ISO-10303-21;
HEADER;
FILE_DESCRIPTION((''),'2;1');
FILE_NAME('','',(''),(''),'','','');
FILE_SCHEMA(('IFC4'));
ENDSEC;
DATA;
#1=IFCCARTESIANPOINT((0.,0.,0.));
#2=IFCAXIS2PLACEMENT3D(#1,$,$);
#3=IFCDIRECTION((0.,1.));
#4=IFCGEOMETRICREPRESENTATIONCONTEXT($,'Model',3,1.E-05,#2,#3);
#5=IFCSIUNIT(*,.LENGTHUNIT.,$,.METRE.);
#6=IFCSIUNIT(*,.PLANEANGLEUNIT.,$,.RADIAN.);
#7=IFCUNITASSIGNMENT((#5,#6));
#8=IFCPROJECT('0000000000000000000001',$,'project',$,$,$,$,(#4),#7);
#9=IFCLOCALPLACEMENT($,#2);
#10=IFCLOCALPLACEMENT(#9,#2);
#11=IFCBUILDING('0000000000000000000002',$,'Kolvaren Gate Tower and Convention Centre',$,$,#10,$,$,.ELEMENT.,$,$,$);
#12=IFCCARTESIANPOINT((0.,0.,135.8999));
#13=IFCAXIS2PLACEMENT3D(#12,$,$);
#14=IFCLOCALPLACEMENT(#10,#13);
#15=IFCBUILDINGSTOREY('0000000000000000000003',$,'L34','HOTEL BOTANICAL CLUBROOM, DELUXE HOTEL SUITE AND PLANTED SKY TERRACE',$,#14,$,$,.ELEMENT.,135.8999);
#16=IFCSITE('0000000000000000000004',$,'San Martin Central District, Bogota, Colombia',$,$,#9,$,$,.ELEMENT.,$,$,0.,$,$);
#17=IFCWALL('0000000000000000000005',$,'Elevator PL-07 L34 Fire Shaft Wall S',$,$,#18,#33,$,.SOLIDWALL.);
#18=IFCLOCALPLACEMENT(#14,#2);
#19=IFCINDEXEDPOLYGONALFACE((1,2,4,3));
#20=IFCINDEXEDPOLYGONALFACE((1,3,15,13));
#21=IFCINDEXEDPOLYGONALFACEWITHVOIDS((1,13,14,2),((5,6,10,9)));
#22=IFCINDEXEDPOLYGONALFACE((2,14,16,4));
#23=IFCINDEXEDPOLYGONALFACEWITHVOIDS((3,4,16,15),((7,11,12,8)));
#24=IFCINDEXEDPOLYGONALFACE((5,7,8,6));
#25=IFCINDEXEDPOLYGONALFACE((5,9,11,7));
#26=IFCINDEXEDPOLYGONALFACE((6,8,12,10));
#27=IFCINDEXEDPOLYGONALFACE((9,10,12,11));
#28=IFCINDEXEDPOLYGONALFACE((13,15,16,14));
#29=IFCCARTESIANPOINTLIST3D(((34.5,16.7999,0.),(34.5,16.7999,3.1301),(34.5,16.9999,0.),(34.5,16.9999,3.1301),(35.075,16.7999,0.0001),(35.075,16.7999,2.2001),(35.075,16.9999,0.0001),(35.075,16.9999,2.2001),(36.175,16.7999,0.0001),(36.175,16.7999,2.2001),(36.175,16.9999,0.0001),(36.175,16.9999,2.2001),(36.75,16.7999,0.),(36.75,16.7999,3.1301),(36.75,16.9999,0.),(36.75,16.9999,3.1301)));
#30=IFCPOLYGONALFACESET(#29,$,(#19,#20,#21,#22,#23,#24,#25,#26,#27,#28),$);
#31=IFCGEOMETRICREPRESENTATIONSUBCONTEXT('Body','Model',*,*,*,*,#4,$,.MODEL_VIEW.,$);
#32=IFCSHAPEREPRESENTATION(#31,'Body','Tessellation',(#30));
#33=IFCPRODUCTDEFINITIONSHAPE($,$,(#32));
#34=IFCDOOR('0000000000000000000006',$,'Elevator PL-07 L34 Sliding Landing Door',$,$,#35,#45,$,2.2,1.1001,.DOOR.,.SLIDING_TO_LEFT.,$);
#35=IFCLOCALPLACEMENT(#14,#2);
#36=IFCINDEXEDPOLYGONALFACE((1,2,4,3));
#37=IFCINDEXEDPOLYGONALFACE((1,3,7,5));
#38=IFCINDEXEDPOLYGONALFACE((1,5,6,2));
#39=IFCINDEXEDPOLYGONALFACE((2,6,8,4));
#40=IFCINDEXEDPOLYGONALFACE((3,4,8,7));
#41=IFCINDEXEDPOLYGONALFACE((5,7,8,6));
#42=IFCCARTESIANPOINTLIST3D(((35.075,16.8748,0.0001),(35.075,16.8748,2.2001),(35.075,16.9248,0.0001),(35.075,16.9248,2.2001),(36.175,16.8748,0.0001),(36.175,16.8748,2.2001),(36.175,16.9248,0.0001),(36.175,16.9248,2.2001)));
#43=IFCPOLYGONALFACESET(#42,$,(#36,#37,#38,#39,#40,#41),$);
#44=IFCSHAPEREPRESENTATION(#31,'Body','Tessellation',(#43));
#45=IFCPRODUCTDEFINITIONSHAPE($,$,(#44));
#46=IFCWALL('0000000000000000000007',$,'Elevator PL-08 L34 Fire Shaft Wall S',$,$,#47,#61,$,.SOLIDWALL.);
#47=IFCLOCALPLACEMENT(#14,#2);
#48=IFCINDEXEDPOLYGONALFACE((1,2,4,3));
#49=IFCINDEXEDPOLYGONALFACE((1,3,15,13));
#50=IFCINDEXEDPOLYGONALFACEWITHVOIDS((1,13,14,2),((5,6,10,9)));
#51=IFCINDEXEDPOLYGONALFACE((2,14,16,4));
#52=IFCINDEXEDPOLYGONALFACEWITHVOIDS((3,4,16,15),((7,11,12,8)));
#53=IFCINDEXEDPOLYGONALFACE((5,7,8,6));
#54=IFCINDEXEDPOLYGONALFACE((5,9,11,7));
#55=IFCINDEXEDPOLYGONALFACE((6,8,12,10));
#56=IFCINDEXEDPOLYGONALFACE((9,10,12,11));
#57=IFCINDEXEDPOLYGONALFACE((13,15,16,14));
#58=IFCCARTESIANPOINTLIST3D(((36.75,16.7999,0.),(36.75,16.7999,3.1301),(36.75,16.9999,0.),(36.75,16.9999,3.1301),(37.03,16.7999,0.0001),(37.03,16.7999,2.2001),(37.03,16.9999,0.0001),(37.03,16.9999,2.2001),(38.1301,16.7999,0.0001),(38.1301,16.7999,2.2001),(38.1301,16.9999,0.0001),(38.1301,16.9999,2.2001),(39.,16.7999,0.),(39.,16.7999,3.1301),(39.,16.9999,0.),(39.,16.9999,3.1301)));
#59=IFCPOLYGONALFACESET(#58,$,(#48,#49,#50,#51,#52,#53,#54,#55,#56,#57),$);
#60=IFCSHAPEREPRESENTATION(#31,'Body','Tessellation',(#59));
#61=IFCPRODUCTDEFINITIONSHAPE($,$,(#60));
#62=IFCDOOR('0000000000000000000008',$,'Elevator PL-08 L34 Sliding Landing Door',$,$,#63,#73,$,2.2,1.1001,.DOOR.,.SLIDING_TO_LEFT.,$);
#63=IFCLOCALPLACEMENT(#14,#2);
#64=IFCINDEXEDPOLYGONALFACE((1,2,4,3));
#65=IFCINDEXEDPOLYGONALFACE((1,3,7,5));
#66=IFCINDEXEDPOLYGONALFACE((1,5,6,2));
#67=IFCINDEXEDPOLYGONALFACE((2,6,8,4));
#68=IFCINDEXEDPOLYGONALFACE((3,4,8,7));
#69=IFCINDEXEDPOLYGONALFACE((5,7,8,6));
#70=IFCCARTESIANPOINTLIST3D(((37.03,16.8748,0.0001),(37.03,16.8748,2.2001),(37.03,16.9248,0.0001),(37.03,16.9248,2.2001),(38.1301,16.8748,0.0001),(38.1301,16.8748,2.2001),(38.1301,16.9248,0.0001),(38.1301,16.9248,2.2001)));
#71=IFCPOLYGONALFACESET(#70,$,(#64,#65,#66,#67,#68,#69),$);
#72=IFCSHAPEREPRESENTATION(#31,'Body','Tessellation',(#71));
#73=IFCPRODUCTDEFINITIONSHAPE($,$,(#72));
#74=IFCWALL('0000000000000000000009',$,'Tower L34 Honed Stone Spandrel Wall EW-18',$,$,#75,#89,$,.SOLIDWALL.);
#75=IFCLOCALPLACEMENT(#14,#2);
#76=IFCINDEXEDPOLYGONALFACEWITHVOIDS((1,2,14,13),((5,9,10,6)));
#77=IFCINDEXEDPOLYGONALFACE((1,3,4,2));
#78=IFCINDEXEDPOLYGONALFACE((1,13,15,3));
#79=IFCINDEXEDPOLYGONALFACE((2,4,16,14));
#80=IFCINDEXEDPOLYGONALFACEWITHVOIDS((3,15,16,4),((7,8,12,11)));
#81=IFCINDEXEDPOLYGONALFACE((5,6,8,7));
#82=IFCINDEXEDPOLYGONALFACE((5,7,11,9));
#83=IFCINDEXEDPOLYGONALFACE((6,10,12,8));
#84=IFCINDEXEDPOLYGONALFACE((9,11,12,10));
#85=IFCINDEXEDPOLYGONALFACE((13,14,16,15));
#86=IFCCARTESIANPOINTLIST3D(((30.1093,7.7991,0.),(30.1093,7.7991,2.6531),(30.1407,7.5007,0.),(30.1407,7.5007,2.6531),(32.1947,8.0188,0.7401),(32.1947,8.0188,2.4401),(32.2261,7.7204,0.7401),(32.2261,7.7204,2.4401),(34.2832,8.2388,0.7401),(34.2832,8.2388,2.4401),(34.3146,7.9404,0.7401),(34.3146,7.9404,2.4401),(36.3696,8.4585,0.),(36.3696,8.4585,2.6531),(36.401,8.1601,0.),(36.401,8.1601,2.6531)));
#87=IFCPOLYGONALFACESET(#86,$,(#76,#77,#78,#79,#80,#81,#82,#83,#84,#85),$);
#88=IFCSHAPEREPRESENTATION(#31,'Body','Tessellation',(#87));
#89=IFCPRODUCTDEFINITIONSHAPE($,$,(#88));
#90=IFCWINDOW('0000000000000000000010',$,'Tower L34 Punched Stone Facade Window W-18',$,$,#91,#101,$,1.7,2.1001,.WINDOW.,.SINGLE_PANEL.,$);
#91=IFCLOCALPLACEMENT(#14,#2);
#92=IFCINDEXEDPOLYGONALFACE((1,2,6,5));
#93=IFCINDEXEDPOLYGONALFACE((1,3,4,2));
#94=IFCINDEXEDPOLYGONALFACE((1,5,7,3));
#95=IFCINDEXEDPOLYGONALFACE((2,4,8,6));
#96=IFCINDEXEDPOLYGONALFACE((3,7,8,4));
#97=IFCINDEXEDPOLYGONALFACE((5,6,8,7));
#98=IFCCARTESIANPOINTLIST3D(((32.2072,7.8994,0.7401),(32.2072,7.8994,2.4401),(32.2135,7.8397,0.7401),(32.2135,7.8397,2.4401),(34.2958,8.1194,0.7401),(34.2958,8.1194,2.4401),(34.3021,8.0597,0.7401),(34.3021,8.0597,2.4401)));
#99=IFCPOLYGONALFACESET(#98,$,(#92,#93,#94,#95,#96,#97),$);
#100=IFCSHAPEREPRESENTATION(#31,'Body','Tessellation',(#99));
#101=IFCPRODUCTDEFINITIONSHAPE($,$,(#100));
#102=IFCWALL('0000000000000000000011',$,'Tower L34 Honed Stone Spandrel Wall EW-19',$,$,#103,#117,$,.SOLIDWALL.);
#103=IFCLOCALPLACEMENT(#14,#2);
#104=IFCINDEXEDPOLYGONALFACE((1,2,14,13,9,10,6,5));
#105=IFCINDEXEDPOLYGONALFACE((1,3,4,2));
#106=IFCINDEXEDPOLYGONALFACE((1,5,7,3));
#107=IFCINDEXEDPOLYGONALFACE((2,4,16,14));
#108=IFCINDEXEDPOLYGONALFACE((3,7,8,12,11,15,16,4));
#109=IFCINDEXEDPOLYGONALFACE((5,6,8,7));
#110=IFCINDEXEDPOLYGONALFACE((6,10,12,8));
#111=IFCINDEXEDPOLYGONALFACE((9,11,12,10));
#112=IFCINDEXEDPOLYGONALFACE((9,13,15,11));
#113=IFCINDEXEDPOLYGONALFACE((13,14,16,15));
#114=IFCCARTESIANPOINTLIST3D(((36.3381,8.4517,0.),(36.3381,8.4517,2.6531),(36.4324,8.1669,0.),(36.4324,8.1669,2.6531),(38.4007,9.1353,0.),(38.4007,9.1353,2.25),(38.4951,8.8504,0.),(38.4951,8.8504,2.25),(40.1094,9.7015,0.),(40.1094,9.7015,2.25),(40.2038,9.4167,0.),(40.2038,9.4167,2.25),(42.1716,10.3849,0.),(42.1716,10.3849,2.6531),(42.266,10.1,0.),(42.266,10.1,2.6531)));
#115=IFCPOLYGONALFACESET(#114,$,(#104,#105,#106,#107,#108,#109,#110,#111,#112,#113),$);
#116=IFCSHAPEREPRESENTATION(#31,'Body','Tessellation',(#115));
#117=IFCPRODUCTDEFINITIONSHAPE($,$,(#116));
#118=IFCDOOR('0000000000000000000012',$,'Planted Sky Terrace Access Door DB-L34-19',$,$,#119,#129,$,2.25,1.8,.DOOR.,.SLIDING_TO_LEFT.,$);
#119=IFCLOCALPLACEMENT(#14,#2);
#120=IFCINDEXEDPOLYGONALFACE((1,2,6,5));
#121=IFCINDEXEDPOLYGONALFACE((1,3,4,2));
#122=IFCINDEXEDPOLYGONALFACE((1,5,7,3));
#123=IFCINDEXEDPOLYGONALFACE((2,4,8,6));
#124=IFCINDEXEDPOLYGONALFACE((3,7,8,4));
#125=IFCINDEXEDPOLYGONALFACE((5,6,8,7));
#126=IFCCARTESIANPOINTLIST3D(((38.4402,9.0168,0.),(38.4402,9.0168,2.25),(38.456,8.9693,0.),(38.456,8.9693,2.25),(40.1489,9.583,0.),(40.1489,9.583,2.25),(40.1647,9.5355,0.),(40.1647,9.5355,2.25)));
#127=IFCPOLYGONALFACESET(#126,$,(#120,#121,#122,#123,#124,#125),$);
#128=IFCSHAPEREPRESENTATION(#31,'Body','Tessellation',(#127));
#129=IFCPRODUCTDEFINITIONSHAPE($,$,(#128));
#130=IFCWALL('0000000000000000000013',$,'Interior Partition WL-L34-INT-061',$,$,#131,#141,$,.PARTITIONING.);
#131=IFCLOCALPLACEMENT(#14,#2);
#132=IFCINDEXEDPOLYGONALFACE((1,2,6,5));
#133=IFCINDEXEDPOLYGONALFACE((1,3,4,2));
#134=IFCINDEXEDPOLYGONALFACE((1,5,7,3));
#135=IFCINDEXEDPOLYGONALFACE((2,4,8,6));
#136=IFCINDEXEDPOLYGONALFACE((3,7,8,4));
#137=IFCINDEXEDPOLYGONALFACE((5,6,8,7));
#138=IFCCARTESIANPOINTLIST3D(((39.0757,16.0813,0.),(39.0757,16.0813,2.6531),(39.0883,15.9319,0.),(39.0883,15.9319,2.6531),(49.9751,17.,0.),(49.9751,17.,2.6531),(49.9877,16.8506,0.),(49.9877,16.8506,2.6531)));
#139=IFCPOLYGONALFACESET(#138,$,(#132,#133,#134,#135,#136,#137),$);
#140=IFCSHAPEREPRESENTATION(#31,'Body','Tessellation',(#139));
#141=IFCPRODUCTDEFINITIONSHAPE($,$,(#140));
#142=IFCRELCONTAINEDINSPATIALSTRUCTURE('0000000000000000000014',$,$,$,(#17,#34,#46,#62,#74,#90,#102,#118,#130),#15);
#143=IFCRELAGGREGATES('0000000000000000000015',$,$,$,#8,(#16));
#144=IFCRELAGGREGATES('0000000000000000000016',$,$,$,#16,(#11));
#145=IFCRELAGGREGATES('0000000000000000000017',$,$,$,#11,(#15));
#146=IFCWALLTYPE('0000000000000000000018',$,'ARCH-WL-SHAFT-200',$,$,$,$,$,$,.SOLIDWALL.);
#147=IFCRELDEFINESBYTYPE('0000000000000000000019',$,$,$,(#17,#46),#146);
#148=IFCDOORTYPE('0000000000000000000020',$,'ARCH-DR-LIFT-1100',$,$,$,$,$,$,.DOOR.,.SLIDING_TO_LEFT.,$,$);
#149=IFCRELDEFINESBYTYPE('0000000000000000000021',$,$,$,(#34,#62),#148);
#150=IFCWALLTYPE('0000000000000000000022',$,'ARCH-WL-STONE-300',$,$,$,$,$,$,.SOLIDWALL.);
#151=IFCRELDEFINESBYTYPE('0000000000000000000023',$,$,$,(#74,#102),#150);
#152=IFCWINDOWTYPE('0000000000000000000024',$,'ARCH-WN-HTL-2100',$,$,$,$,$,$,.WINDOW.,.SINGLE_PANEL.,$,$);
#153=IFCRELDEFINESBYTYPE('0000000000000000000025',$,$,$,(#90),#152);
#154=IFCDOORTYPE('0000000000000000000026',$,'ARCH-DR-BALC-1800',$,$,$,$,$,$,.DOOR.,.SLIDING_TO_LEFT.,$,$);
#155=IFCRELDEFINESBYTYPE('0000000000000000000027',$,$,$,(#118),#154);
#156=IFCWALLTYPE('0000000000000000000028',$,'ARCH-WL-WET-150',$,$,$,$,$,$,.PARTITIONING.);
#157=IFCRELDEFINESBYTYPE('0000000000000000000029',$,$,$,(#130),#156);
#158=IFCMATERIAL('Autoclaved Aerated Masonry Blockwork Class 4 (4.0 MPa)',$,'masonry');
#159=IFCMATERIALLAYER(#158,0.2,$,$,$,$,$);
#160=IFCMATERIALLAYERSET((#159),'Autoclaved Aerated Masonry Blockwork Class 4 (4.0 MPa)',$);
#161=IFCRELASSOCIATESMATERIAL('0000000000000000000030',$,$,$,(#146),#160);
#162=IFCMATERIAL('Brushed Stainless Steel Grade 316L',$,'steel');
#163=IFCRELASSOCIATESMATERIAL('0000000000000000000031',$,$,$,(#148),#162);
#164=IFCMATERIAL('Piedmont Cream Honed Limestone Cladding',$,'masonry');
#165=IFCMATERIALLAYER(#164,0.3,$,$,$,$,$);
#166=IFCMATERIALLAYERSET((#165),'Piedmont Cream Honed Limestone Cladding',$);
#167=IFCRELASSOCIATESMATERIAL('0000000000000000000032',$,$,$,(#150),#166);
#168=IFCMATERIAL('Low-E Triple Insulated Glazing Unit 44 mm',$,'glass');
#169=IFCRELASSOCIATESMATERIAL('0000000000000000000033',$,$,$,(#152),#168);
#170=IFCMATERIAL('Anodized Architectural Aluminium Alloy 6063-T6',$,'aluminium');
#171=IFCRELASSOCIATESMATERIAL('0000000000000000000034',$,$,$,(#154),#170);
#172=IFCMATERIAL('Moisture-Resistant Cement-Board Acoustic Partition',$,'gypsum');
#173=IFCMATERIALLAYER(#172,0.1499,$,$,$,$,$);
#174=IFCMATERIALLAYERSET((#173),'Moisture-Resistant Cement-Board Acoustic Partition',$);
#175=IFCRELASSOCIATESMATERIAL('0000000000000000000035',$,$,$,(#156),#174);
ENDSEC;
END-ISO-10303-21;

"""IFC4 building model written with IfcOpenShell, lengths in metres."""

from ifc_helpers import new_model, si_unit, direction, frame, frame_2d, origin, place, context, subcontext, project, spatial, rectangle, extrude, material, layer, layer_set, type_object, element, fill, save


model = new_model("IFC4")

# Units and contexts
model_context = context("Model", 3, precision=1e-05, world=origin(), true_north=direction((0.0, 1.0)))
body_context = subcontext(model_context, "Body", "Model", "MODEL_VIEW")
ifc_project = project(units=[si_unit("LENGTHUNIT", "METRE"), si_unit("PLANEANGLEUNIT", "RADIAN")], contexts=[model_context])

# Site, building, storey
site_placement = place(None, origin())
site = spatial("IfcSite", under=ifc_project, at=site_placement, Name="San Martin Central District, Bogota, Colombia", CompositionType="ELEMENT", RefElevation=0.0)
building_placement = place(site_placement, origin())
building = spatial("IfcBuilding", under=site, at=building_placement, Name="Kolvaren Gate Tower and Convention Centre", CompositionType="ELEMENT")
storey_placement = place(building_placement, frame((0.0, 0.0, 135.8999)))
storey = spatial("IfcBuildingStorey", under=building, at=storey_placement, Name="L34", Description="HOTEL BOTANICAL CLUBROOM, DELUXE HOTEL SUITE AND PLANTED SKY TERRACE", CompositionType="ELEMENT", Elevation=135.8999)

# Shared definitions
ifc_material_1 = material(Name="Piedmont Cream Honed Limestone Cladding", Category="masonry")
ifc_material_2 = material(Name="Autoclaved Aerated Masonry Blockwork Class 4 (4.0 MPa)", Category="masonry")
ifc_layer_1 = layer(ifc_material_2, 0.2)
ifc_layer_set_1 = layer_set([ifc_layer_1], Name="Autoclaved Aerated Masonry Blockwork Class 4 (4.0 MPa)")
wall_type_1 = type_object("IfcWallType", Name="ARCH-WL-SHAFT-200", PredefinedType="SOLIDWALL", material=ifc_layer_set_1)

# Walls, openings, doors
ifc_material_3 = material(Name="Brushed Stainless Steel Grade 316L", Category="steel")
door_type_1 = type_object("IfcDoorType", Name="ARCH-DR-LIFT-1100", OperationType="SLIDING_TO_LEFT", PredefinedType="DOOR", material=ifc_material_3)
wall_1_placement = place(storey_placement, frame((34.5, 16.8999, 0.0), z_axis=(0.0, 0.0, 1.0), x_axis=(1.0, 0.0, 0.0)))
wall_1 = element("IfcWall", 1, at=wall_1_placement, inside=storey, type_object=wall_type_1, Name="Elevator PL-07 L34 Fire Shaft Wall S", PredefinedType="SOLIDWALL", context=body_context, shape_type="SweptSolid", body=[
    extrude(rectangle(XDim=2.25, YDim=0.2, at=frame_2d((1.125, 0.0))), origin(), (0.0, 0.0, 1.0), 3.1301),
])
opening_1_placement = place(wall_1_placement, frame((0.575, 0.0, 0.0)))
opening_1 = element("IfcOpeningElement", 2, at=opening_1_placement, cuts=wall_1, PredefinedType="OPENING", context=body_context, shape_type="SweptSolid", body=[
    extrude(rectangle(XDim=1.1001, YDim=2.2, at=frame_2d((0.55, 1.1001))), frame((0.0, 0.1099, 0.0), z_axis=(0.0, -1.0, 0.0), x_axis=(1.0, 0.0, 0.0)), (0.0, 0.0, 1.0), 0.22),
])
door_1_placement = place(opening_1_placement, origin())
door_1 = element("IfcDoor", 3, at=door_1_placement, inside=storey, type_object=door_type_1, Name="Elevator PL-07 L34 Sliding Landing Door", OperationType="SLIDING_TO_LEFT", OverallHeight=2.2, OverallWidth=1.1001, PredefinedType="DOOR", context=body_context, shape_type="SweptSolid", body=[
    extrude(rectangle(XDim=1.1001, YDim=2.2, at=frame_2d((0.55, 1.1001))), frame((0.0, 0.0249, 0.0), z_axis=(0.0, -1.0, 0.0), x_axis=(1.0, 0.0, 0.0)), (0.0, 0.0, 1.0), 0.05),
])
fill(opening_1, door_1)
wall_2_placement = place(storey_placement, frame((36.75, 16.8999, 0.0), z_axis=(0.0, 0.0, 1.0), x_axis=(1.0, 0.0, 0.0)))
wall_2 = element("IfcWall", 4, at=wall_2_placement, inside=storey, type_object=wall_type_1, Name="Elevator PL-08 L34 Fire Shaft Wall S", PredefinedType="SOLIDWALL", context=body_context, shape_type="SweptSolid", body=[
    extrude(rectangle(XDim=2.25, YDim=0.2, at=frame_2d((1.125, 0.0))), origin(), (0.0, 0.0, 1.0), 3.1301),
])
opening_2_placement = place(wall_2_placement, frame((0.28, 0.0, 0.0)))
opening_2 = element("IfcOpeningElement", 5, at=opening_2_placement, cuts=wall_2, PredefinedType="OPENING", context=body_context, shape_type="SweptSolid", body=[
    extrude(rectangle(XDim=1.1001, YDim=2.2, at=frame_2d((0.55, 1.1001))), frame((0.0, 0.1099, 0.0), z_axis=(0.0, -1.0, 0.0), x_axis=(1.0, 0.0, 0.0)), (0.0, 0.0, 1.0), 0.22),
])
door_2_placement = place(opening_2_placement, origin())
door_2 = element("IfcDoor", 6, at=door_2_placement, inside=storey, type_object=door_type_1, Name="Elevator PL-08 L34 Sliding Landing Door", OperationType="SLIDING_TO_LEFT", OverallHeight=2.2, OverallWidth=1.1001, PredefinedType="DOOR", context=body_context, shape_type="SweptSolid", body=[
    extrude(rectangle(XDim=1.1001, YDim=2.2, at=frame_2d((0.55, 1.1001))), frame((0.0, 0.0249, 0.0), z_axis=(0.0, -1.0, 0.0), x_axis=(1.0, 0.0, 0.0)), (0.0, 0.0, 1.0), 0.05),
])
fill(opening_2, door_2)

# Wall, opening, window
ifc_layer_2 = layer(ifc_material_1, 0.3)
ifc_layer_set_2 = layer_set([ifc_layer_2], Name="Piedmont Cream Honed Limestone Cladding")
wall_type_2 = type_object("IfcWallType", Name="ARCH-WL-STONE-300", PredefinedType="SOLIDWALL", material=ifc_layer_set_2)
wall_3_placement = place(storey_placement, frame((30.125, 7.6499, 0.0), z_axis=(0.0, 0.0, 1.0), x_axis=(0.994498, 0.104755, 0.0)))
wall_3 = element("IfcWall", 7, at=wall_3_placement, inside=storey, type_object=wall_type_2, Name="Tower L34 Honed Stone Spandrel Wall EW-18", PredefinedType="SOLIDWALL", context=body_context, shape_type="SweptSolid", body=[
    extrude(rectangle(XDim=6.2949, YDim=0.3, at=frame_2d((3.1475, 0.0))), origin(), (0.0, 0.0, 1.0), 2.6531),
])
opening_3_placement = place(wall_3_placement, frame((2.0969, 0.0, 0.74)))
opening_3 = element("IfcOpeningElement", 8, at=opening_3_placement, cuts=wall_3, PredefinedType="OPENING", context=body_context, shape_type="SweptSolid", body=[
    extrude(rectangle(XDim=2.1001, YDim=1.7, at=frame_2d((1.05, 0.8501))), frame((0.0, 0.1599, 0.0), z_axis=(0.0, -1.0, 0.0), x_axis=(1.0, 0.0, 0.0)), (0.0, 0.0, 1.0), 0.3201),
])
ifc_material_4 = material(Name="Low-E Triple Insulated Glazing Unit 44 mm", Category="glass")
window_type = type_object("IfcWindowType", Name="ARCH-WN-HTL-2100", PartitioningType="SINGLE_PANEL", PredefinedType="WINDOW", material=ifc_material_4)
window_placement = place(opening_3_placement, origin())
window = element("IfcWindow", 9, at=window_placement, inside=storey, type_object=window_type, Name="Tower L34 Punched Stone Facade Window W-18", OverallHeight=1.7, OverallWidth=2.1001, PartitioningType="SINGLE_PANEL", PredefinedType="WINDOW", context=body_context, shape_type="SweptSolid", body=[
    extrude(rectangle(XDim=2.1001, YDim=1.7, at=frame_2d((1.05, 0.8501))), frame((0.0, 0.03, 0.0), z_axis=(0.0, -1.0, 0.0), x_axis=(1.0, 0.0, 0.0)), (0.0, 0.0, 1.0), 0.0601),
])
fill(opening_3, window)

# Wall, opening, door
wall_4_placement = place(storey_placement, frame((36.3853, 8.3093, 0.0), z_axis=(0.0, 0.0, 1.0), x_axis=(0.949238, 0.314559, 0.0)))
wall_4 = element("IfcWall", 10, at=wall_4_placement, inside=storey, type_object=wall_type_2, Name="Tower L34 Honed Stone Spandrel Wall EW-19", PredefinedType="SOLIDWALL", context=body_context, shape_type="SweptSolid", body=[
    extrude(rectangle(XDim=6.1455, YDim=0.3, at=frame_2d((3.0728, 0.0))), origin(), (0.0, 0.0, 1.0), 2.6531),
])
opening_4_placement = place(wall_4_placement, frame((2.1731, 0.0, 0.0)))
opening_4 = element("IfcOpeningElement", 11, at=opening_4_placement, cuts=wall_4, PredefinedType="OPENING", context=body_context, shape_type="SweptSolid", body=[
    extrude(rectangle(XDim=1.8, YDim=2.25, at=frame_2d((0.8999, 1.125))), frame((0.0, 0.1599, 0.0), z_axis=(0.0, -1.0, 0.0), x_axis=(1.0, 0.0, 0.0)), (0.0, 0.0, 1.0), 0.3201),
])
ifc_material_5 = material(Name="Anodized Architectural Aluminium Alloy 6063-T6", Category="aluminium")
door_type_2 = type_object("IfcDoorType", Name="ARCH-DR-BALC-1800", OperationType="SLIDING_TO_LEFT", PredefinedType="DOOR", material=ifc_material_5)
door_3_placement = place(opening_4_placement, frame((1.8, 0.0, 0.0), z_axis=(0.0, 0.0, 1.0), x_axis=(-1.0, 0.0, 0.0)))
door_3 = element("IfcDoor", 12, at=door_3_placement, inside=storey, type_object=door_type_2, Name="Planted Sky Terrace Access Door DB-L34-19", OperationType="SLIDING_TO_LEFT", OverallHeight=2.25, OverallWidth=1.8, PredefinedType="DOOR", context=body_context, shape_type="SweptSolid", body=[
    extrude(rectangle(XDim=1.8, YDim=2.25, at=frame_2d((0.8999, 1.125))), frame((0.0, 0.0249, 0.0), z_axis=(0.0, -1.0, 0.0), x_axis=(1.0, 0.0, 0.0)), (0.0, 0.0, 1.0), 0.05),
])
fill(opening_4, door_3)

# Wall
ifc_material_6 = material(Name="Moisture-Resistant Cement-Board Acoustic Partition", Category="gypsum")
ifc_layer_3 = layer(ifc_material_6, 0.1499)
ifc_layer_set_3 = layer_set([ifc_layer_3], Name="Moisture-Resistant Cement-Board Acoustic Partition")
wall_type_3 = type_object("IfcWallType", Name="ARCH-WL-WET-150", PredefinedType="PARTITIONING", material=ifc_layer_set_3)
wall_5_placement = place(storey_placement, frame((39.082, 16.0066, 0.0), z_axis=(0.0, 0.0, 1.0), x_axis=(0.996466, 0.083991, 0.0)))
element("IfcWall", 13, at=wall_5_placement, inside=storey, type_object=wall_type_3, Name="Interior Partition WL-L34-INT-061", PredefinedType="PARTITIONING", context=body_context, shape_type="SweptSolid", body=[
    extrude(rectangle(XDim=10.938, YDim=0.1499, at=frame_2d((5.469, 0.0))), origin(), (0.0, 0.0, 1.0), 2.6531),
])

save(model, "model.ifc")
